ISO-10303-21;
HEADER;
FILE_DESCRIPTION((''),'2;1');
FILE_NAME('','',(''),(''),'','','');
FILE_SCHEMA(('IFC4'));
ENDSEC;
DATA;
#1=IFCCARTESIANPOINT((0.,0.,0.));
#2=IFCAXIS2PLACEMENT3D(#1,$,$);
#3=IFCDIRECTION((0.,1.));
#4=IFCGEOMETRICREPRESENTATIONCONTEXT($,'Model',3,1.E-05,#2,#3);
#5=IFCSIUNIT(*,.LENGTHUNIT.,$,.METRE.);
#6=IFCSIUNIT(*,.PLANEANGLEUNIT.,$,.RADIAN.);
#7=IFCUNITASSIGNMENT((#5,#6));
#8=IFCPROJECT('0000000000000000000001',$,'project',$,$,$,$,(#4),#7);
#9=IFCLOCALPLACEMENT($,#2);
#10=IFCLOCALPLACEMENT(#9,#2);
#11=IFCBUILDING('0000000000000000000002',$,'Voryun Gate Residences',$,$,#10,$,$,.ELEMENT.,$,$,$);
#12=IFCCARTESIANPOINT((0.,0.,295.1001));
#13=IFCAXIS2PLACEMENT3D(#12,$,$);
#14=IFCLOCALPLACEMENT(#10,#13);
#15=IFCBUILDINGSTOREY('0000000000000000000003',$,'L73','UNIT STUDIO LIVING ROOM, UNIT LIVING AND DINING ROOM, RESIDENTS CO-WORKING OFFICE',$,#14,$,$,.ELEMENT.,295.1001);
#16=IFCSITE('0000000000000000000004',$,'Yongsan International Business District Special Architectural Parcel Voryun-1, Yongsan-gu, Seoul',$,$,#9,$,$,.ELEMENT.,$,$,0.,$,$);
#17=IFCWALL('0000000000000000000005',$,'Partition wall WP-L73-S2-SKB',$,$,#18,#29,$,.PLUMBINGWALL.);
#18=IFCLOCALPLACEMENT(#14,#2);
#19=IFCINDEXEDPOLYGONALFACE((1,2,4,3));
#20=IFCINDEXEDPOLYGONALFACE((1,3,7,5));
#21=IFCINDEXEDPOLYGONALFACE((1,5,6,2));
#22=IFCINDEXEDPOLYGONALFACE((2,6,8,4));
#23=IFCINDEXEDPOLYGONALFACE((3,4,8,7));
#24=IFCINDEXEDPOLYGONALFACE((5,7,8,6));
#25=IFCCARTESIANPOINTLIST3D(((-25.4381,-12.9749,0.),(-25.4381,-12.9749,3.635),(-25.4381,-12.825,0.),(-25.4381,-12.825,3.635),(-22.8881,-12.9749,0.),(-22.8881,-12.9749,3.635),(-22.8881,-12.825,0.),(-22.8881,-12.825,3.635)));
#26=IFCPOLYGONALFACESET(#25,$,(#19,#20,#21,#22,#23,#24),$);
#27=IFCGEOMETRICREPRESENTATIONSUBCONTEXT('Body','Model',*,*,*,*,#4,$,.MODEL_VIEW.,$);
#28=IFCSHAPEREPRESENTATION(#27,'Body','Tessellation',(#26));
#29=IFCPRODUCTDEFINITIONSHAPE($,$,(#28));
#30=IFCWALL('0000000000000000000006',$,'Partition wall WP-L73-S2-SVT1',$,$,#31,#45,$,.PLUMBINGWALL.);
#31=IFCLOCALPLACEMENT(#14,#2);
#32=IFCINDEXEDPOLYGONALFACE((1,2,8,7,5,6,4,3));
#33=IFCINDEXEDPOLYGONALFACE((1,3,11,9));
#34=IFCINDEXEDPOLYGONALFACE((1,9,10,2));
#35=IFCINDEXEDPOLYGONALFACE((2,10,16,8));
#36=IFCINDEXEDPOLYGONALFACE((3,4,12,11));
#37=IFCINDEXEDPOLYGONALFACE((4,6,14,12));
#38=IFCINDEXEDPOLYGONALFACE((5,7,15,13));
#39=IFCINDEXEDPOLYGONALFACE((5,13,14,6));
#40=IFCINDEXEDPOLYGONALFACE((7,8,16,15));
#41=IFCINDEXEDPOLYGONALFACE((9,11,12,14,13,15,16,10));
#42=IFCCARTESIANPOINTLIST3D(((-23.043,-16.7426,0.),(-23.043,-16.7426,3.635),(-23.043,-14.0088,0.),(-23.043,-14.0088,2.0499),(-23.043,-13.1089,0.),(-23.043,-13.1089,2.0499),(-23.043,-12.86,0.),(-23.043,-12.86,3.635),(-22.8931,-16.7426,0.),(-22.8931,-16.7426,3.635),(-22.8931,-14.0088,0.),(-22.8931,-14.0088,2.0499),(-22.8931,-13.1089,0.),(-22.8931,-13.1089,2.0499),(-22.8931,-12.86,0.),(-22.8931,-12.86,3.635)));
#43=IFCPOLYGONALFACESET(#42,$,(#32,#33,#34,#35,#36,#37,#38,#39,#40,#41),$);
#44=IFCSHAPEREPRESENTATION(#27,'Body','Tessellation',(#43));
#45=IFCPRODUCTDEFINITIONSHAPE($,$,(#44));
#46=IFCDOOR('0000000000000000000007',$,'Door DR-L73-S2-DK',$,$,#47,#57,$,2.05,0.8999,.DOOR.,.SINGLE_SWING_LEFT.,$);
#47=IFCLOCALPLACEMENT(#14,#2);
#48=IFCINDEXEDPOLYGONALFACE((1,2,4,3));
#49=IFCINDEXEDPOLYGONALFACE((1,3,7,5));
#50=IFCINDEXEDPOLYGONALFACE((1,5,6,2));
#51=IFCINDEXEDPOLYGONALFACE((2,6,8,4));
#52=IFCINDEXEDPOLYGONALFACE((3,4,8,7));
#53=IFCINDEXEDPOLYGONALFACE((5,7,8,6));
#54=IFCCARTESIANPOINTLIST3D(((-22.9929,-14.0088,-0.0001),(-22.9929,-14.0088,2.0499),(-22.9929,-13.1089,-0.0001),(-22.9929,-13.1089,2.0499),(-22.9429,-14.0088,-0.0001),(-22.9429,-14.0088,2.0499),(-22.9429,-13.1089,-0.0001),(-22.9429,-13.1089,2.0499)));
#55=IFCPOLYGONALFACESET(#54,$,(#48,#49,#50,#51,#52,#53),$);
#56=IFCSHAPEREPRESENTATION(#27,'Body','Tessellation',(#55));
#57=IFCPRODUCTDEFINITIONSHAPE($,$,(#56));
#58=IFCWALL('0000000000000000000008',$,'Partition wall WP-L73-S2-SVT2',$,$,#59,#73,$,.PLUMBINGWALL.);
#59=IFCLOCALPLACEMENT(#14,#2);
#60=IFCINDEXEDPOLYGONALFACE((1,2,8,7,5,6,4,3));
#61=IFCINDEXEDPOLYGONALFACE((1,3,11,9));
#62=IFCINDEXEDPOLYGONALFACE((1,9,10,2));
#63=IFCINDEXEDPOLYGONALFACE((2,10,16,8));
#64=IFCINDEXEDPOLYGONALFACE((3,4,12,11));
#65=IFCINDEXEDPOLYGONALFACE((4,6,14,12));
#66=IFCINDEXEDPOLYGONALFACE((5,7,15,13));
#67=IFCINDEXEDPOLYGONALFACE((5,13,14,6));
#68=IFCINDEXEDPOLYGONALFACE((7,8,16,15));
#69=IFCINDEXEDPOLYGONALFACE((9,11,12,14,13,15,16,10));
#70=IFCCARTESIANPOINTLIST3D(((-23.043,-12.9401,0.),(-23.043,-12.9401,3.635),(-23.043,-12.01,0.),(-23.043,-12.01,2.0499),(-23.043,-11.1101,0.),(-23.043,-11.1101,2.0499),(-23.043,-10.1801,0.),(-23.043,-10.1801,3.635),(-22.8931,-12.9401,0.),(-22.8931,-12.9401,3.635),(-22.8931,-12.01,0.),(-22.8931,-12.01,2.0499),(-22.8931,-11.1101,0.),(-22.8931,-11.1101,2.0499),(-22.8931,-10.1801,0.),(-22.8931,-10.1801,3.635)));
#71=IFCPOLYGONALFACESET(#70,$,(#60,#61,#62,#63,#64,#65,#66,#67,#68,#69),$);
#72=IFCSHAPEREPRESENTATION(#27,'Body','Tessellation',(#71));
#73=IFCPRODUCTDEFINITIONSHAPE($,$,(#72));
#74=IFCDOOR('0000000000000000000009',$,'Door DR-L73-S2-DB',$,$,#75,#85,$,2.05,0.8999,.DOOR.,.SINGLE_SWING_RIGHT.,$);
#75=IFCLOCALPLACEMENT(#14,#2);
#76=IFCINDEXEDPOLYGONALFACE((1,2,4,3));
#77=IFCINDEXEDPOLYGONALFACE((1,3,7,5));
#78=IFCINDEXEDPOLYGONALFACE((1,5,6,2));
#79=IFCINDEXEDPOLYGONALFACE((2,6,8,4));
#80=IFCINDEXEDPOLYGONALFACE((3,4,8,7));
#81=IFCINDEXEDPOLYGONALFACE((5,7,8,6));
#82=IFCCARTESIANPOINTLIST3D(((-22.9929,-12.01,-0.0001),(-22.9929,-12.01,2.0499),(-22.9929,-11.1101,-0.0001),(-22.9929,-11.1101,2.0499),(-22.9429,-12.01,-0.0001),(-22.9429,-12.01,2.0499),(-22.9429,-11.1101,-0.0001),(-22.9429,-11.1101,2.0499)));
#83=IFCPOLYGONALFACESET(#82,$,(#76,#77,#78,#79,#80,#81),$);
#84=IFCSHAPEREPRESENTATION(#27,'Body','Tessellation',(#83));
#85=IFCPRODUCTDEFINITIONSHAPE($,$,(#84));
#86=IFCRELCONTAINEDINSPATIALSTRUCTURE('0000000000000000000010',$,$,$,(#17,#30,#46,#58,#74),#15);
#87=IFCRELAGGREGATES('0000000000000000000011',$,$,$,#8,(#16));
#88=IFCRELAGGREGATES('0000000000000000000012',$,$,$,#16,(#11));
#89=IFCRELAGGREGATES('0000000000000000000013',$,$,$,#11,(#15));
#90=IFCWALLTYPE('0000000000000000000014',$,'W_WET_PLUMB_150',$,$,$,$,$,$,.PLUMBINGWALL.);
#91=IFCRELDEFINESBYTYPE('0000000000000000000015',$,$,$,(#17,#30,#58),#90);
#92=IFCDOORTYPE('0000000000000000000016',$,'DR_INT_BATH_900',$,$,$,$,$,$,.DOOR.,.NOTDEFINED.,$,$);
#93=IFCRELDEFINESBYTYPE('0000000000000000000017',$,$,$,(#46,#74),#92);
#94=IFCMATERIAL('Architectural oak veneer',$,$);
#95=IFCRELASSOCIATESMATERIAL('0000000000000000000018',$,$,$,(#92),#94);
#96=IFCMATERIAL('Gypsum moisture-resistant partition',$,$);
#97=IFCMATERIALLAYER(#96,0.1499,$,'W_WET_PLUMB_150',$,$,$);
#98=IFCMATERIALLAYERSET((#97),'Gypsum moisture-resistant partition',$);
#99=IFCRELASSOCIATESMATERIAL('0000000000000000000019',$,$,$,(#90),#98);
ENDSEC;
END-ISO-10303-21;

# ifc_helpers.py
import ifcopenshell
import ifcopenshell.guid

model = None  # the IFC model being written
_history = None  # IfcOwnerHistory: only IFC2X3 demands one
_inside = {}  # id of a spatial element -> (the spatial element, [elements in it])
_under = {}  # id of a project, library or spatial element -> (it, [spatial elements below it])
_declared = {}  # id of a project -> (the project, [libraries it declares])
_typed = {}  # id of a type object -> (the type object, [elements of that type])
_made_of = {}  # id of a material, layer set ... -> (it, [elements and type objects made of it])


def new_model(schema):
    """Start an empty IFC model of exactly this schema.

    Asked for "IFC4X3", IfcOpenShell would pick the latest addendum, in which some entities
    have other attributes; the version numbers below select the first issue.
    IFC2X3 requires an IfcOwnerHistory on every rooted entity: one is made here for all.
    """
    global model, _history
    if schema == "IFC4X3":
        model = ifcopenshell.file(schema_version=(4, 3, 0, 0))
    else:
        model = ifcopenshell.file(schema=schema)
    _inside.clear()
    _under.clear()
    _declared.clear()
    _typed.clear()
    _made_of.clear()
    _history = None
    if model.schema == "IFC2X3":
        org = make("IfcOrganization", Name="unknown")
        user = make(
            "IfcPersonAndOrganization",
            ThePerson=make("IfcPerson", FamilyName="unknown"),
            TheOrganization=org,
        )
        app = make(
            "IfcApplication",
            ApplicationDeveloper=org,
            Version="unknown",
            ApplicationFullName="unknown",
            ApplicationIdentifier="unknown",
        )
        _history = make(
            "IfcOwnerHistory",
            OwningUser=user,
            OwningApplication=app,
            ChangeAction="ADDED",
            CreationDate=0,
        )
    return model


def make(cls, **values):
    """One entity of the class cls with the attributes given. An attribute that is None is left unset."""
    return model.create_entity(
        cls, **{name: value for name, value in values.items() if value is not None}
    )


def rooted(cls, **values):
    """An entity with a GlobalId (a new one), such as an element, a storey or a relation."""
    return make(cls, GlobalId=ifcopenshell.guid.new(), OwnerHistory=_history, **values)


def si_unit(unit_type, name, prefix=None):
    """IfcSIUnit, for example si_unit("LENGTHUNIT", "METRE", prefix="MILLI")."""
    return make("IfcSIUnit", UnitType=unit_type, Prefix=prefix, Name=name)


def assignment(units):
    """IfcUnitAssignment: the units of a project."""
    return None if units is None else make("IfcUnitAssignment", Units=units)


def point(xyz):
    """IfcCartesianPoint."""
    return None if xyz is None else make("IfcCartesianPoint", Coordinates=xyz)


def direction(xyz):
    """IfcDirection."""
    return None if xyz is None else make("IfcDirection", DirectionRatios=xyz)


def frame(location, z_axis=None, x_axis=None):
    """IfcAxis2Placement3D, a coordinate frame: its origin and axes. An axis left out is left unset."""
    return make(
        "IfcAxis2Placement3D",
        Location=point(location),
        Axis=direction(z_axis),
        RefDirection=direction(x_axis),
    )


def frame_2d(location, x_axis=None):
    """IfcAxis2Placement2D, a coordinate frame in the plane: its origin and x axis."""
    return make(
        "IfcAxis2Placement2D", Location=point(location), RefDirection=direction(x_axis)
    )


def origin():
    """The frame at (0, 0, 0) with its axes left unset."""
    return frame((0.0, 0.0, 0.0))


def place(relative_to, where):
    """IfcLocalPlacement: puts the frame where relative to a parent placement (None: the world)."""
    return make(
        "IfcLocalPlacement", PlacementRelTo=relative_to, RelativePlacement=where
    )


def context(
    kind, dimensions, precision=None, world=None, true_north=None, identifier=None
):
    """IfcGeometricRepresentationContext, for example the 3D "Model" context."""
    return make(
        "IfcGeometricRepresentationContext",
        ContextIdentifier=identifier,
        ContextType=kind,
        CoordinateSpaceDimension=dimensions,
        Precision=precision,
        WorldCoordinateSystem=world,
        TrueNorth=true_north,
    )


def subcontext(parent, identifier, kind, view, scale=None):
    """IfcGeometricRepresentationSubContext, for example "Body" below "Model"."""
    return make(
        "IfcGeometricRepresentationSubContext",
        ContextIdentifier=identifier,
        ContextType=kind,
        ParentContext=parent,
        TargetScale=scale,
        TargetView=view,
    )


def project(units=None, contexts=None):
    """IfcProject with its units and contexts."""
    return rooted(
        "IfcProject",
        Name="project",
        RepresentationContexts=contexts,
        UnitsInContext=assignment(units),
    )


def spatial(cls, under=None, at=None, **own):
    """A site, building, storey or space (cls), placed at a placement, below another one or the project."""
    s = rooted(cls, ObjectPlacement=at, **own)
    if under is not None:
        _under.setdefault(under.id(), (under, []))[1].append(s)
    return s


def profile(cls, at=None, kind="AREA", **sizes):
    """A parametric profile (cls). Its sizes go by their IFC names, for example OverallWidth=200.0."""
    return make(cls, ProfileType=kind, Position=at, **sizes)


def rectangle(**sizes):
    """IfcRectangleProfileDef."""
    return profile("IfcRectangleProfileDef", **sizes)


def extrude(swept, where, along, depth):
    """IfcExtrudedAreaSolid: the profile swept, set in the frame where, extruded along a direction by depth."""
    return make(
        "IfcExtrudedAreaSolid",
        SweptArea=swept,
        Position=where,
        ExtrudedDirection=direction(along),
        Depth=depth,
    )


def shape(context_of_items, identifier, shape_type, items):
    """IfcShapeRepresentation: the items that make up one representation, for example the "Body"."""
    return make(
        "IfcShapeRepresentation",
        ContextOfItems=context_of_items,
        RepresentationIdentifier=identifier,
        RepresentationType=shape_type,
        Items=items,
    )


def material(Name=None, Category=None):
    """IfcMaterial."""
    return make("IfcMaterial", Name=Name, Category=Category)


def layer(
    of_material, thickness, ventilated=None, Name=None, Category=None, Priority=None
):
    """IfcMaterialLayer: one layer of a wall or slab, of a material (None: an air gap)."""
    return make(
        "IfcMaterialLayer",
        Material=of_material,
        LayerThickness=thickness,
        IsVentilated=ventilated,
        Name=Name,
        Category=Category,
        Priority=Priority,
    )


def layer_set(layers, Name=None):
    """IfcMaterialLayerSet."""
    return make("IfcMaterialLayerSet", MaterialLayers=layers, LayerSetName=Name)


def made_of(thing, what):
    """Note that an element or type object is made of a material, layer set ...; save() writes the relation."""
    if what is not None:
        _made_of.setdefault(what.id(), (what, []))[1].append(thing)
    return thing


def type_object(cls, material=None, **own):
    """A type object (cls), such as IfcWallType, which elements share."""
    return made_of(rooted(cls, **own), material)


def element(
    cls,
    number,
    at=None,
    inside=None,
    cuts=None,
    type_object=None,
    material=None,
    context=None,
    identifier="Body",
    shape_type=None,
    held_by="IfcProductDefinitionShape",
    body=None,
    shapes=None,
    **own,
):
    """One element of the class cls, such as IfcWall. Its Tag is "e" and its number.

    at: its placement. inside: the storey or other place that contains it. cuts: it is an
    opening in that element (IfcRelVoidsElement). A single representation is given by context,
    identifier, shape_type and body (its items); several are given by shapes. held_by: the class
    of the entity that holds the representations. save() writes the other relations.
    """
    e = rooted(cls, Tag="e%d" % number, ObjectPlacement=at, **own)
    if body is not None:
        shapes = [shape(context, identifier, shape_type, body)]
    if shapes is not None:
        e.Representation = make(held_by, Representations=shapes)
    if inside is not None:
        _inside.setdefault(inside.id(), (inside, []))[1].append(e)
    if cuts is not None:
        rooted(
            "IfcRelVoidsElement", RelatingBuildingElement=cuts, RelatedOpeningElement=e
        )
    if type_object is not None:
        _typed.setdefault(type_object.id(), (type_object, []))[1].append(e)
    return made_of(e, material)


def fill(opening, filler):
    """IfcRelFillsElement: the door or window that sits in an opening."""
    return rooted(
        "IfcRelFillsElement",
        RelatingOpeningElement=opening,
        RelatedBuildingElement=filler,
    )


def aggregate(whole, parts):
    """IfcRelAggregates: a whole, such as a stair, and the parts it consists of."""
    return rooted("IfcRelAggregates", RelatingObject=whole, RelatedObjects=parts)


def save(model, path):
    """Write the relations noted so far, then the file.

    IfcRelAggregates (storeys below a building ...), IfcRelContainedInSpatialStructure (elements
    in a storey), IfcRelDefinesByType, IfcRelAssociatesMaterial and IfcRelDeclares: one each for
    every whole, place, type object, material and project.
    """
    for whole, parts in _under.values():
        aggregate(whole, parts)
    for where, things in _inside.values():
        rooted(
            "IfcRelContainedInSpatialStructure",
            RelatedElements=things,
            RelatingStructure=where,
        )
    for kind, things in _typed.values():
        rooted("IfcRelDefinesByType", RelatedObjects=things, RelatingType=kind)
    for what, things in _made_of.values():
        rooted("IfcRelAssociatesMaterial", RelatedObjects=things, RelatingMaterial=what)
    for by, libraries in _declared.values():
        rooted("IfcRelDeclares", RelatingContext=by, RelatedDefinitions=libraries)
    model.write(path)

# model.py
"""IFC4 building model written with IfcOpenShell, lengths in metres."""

from ifc_helpers import new_model, si_unit, direction, frame, frame_2d, origin, place, context, subcontext, project, spatial, rectangle, extrude, material, layer, layer_set, type_object, element, fill, save


model = new_model("IFC4")

# Units and contexts
model_context = context("Model", 3, precision=1e-05, world=origin(), true_north=direction((0.0, 1.0)))
body_context = subcontext(model_context, "Body", "Model", "MODEL_VIEW")
ifc_project = project(units=[si_unit("LENGTHUNIT", "METRE"), si_unit("PLANEANGLEUNIT", "RADIAN")], contexts=[model_context])

# Site, building, storey
site_placement = place(None, origin())
site = spatial("IfcSite", under=ifc_project, at=site_placement, Name="Yongsan International Business District Special Architectural Parcel Voryun-1, Yongsan-gu, Seoul", CompositionType="ELEMENT", RefElevation=0.0)
building_placement = place(site_placement, origin())
building = spatial("IfcBuilding", under=site, at=building_placement, Name="Voryun Gate Residences", CompositionType="ELEMENT")
storey_placement = place(building_placement, frame((0.0, 0.0, 295.1001)))
storey = spatial("IfcBuildingStorey", under=building, at=storey_placement, Name="L73", Description="UNIT STUDIO LIVING ROOM, UNIT LIVING AND DINING ROOM, RESIDENTS CO-WORKING OFFICE", CompositionType="ELEMENT", Elevation=295.1001)

# Shared definitions
ifc_material_1 = material(Name="Architectural oak veneer")
door_type = type_object("IfcDoorType", Name="DR_INT_BATH_900", OperationType="NOTDEFINED", PredefinedType="DOOR", material=ifc_material_1)

# Shared definitions
ifc_material_2 = material(Name="Gypsum moisture-resistant partition")
ifc_layer_1 = layer(ifc_material_2, 0.1499, Name="W_WET_PLUMB_150")
ifc_layer_set_1 = layer_set([ifc_layer_1], Name="Gypsum moisture-resistant partition")
wall_type_1 = type_object("IfcWallType", Name="W_WET_PLUMB_150", PredefinedType="PLUMBINGWALL", material=ifc_layer_set_1)

# Wall
wall_1_placement = place(storey_placement, frame((-25.438, -12.8999, 0.0), z_axis=(0.0, 0.0, 1.0), x_axis=(1.0, 0.0, 0.0)))
element("IfcWall", 1, at=wall_1_placement, inside=storey, type_object=wall_type_1, Name="Partition wall WP-L73-S2-SKB", PredefinedType="PLUMBINGWALL", context=body_context, shape_type="SweptSolid", body=[
    extrude(rectangle(XDim=2.55, YDim=0.1499, at=frame_2d((1.2749, 0.0))), origin(), (0.0, 0.0, 1.0), 3.635),
])

# Walls, openings, doors
wall_2_placement = place(storey_placement, frame((-22.968, -16.7427, 0.0), z_axis=(0.0, 0.0, 1.0), x_axis=(0.0, 1.0, 0.0)))
wall_2 = element("IfcWall", 2, at=wall_2_placement, inside=storey, type_object=wall_type_1, Name="Partition wall WP-L73-S2-SVT1", PredefinedType="PLUMBINGWALL", context=body_context, shape_type="SweptSolid", body=[
    extrude(rectangle(XDim=3.8826, YDim=0.1499, at=frame_2d((1.9414, 0.0))), origin(), (0.0, 0.0, 1.0), 3.635),
])
opening_1_placement = place(wall_2_placement, frame((2.7339, 0.0, 0.0)))
opening_1 = element("IfcOpeningElement", 3, at=opening_1_placement, cuts=wall_2, PredefinedType="OPENING", context=body_context, shape_type="SweptSolid", body=[
    extrude(rectangle(XDim=0.8999, YDim=2.05, at=frame_2d((0.45, 1.0249))), frame((0.0, 0.085, 0.0), z_axis=(0.0, -1.0, 0.0), x_axis=(1.0, 0.0, 0.0)), (0.0, 0.0, 1.0), 0.1699),
])
door_1_placement = place(opening_1_placement, origin())
door_1 = element("IfcDoor", 4, at=door_1_placement, inside=storey, type_object=door_type, Name="Door DR-L73-S2-DK", OperationType="SINGLE_SWING_LEFT", OverallHeight=2.05, OverallWidth=0.8999, PredefinedType="DOOR", context=body_context, shape_type="SweptSolid", body=[
    extrude(rectangle(XDim=0.8999, YDim=2.05, at=frame_2d((0.45, 1.0249))), frame((0.0, 0.0249, 0.0), z_axis=(0.0, -1.0, 0.0), x_axis=(1.0, 0.0, 0.0)), (0.0, 0.0, 1.0), 0.05),
])
fill(opening_1, door_1)
wall_3_placement = place(storey_placement, frame((-22.968, -12.9399, 0.0), z_axis=(0.0, 0.0, 1.0), x_axis=(0.0, 1.0, 0.0)))
wall_3 = element("IfcWall", 5, at=wall_3_placement, inside=storey, type_object=wall_type_1, Name="Partition wall WP-L73-S2-SVT2", PredefinedType="PLUMBINGWALL", context=body_context, shape_type="SweptSolid", body=[
    extrude(rectangle(XDim=2.76, YDim=0.1499, at=frame_2d((1.3799, 0.0))), origin(), (0.0, 0.0, 1.0), 3.635),
])
opening_2_placement = place(wall_3_placement, frame((0.9299, 0.0, 0.0)))
opening_2 = element("IfcOpeningElement", 6, at=opening_2_placement, cuts=wall_3, PredefinedType="OPENING", context=body_context, shape_type="SweptSolid", body=[
    extrude(rectangle(XDim=0.8999, YDim=2.05, at=frame_2d((0.45, 1.0249))), frame((0.0, 0.085, 0.0), z_axis=(0.0, -1.0, 0.0), x_axis=(1.0, 0.0, 0.0)), (0.0, 0.0, 1.0), 0.1699),
])
door_2_placement = place(opening_2_placement, origin())
door_2 = element("IfcDoor", 7, at=door_2_placement, inside=storey, type_object=door_type, Name="Door DR-L73-S2-DB", OperationType="SINGLE_SWING_RIGHT", OverallHeight=2.05, OverallWidth=0.8999, PredefinedType="DOOR", context=body_context, shape_type="SweptSolid", body=[
    extrude(rectangle(XDim=0.8999, YDim=2.05, at=frame_2d((0.45, 1.0249))), frame((0.0, 0.0249, 0.0), z_axis=(0.0, -1.0, 0.0), x_axis=(1.0, 0.0, 0.0)), (0.0, 0.0, 1.0), 0.05),
])
fill(opening_2, door_2)

save(model, "model.ifc")
